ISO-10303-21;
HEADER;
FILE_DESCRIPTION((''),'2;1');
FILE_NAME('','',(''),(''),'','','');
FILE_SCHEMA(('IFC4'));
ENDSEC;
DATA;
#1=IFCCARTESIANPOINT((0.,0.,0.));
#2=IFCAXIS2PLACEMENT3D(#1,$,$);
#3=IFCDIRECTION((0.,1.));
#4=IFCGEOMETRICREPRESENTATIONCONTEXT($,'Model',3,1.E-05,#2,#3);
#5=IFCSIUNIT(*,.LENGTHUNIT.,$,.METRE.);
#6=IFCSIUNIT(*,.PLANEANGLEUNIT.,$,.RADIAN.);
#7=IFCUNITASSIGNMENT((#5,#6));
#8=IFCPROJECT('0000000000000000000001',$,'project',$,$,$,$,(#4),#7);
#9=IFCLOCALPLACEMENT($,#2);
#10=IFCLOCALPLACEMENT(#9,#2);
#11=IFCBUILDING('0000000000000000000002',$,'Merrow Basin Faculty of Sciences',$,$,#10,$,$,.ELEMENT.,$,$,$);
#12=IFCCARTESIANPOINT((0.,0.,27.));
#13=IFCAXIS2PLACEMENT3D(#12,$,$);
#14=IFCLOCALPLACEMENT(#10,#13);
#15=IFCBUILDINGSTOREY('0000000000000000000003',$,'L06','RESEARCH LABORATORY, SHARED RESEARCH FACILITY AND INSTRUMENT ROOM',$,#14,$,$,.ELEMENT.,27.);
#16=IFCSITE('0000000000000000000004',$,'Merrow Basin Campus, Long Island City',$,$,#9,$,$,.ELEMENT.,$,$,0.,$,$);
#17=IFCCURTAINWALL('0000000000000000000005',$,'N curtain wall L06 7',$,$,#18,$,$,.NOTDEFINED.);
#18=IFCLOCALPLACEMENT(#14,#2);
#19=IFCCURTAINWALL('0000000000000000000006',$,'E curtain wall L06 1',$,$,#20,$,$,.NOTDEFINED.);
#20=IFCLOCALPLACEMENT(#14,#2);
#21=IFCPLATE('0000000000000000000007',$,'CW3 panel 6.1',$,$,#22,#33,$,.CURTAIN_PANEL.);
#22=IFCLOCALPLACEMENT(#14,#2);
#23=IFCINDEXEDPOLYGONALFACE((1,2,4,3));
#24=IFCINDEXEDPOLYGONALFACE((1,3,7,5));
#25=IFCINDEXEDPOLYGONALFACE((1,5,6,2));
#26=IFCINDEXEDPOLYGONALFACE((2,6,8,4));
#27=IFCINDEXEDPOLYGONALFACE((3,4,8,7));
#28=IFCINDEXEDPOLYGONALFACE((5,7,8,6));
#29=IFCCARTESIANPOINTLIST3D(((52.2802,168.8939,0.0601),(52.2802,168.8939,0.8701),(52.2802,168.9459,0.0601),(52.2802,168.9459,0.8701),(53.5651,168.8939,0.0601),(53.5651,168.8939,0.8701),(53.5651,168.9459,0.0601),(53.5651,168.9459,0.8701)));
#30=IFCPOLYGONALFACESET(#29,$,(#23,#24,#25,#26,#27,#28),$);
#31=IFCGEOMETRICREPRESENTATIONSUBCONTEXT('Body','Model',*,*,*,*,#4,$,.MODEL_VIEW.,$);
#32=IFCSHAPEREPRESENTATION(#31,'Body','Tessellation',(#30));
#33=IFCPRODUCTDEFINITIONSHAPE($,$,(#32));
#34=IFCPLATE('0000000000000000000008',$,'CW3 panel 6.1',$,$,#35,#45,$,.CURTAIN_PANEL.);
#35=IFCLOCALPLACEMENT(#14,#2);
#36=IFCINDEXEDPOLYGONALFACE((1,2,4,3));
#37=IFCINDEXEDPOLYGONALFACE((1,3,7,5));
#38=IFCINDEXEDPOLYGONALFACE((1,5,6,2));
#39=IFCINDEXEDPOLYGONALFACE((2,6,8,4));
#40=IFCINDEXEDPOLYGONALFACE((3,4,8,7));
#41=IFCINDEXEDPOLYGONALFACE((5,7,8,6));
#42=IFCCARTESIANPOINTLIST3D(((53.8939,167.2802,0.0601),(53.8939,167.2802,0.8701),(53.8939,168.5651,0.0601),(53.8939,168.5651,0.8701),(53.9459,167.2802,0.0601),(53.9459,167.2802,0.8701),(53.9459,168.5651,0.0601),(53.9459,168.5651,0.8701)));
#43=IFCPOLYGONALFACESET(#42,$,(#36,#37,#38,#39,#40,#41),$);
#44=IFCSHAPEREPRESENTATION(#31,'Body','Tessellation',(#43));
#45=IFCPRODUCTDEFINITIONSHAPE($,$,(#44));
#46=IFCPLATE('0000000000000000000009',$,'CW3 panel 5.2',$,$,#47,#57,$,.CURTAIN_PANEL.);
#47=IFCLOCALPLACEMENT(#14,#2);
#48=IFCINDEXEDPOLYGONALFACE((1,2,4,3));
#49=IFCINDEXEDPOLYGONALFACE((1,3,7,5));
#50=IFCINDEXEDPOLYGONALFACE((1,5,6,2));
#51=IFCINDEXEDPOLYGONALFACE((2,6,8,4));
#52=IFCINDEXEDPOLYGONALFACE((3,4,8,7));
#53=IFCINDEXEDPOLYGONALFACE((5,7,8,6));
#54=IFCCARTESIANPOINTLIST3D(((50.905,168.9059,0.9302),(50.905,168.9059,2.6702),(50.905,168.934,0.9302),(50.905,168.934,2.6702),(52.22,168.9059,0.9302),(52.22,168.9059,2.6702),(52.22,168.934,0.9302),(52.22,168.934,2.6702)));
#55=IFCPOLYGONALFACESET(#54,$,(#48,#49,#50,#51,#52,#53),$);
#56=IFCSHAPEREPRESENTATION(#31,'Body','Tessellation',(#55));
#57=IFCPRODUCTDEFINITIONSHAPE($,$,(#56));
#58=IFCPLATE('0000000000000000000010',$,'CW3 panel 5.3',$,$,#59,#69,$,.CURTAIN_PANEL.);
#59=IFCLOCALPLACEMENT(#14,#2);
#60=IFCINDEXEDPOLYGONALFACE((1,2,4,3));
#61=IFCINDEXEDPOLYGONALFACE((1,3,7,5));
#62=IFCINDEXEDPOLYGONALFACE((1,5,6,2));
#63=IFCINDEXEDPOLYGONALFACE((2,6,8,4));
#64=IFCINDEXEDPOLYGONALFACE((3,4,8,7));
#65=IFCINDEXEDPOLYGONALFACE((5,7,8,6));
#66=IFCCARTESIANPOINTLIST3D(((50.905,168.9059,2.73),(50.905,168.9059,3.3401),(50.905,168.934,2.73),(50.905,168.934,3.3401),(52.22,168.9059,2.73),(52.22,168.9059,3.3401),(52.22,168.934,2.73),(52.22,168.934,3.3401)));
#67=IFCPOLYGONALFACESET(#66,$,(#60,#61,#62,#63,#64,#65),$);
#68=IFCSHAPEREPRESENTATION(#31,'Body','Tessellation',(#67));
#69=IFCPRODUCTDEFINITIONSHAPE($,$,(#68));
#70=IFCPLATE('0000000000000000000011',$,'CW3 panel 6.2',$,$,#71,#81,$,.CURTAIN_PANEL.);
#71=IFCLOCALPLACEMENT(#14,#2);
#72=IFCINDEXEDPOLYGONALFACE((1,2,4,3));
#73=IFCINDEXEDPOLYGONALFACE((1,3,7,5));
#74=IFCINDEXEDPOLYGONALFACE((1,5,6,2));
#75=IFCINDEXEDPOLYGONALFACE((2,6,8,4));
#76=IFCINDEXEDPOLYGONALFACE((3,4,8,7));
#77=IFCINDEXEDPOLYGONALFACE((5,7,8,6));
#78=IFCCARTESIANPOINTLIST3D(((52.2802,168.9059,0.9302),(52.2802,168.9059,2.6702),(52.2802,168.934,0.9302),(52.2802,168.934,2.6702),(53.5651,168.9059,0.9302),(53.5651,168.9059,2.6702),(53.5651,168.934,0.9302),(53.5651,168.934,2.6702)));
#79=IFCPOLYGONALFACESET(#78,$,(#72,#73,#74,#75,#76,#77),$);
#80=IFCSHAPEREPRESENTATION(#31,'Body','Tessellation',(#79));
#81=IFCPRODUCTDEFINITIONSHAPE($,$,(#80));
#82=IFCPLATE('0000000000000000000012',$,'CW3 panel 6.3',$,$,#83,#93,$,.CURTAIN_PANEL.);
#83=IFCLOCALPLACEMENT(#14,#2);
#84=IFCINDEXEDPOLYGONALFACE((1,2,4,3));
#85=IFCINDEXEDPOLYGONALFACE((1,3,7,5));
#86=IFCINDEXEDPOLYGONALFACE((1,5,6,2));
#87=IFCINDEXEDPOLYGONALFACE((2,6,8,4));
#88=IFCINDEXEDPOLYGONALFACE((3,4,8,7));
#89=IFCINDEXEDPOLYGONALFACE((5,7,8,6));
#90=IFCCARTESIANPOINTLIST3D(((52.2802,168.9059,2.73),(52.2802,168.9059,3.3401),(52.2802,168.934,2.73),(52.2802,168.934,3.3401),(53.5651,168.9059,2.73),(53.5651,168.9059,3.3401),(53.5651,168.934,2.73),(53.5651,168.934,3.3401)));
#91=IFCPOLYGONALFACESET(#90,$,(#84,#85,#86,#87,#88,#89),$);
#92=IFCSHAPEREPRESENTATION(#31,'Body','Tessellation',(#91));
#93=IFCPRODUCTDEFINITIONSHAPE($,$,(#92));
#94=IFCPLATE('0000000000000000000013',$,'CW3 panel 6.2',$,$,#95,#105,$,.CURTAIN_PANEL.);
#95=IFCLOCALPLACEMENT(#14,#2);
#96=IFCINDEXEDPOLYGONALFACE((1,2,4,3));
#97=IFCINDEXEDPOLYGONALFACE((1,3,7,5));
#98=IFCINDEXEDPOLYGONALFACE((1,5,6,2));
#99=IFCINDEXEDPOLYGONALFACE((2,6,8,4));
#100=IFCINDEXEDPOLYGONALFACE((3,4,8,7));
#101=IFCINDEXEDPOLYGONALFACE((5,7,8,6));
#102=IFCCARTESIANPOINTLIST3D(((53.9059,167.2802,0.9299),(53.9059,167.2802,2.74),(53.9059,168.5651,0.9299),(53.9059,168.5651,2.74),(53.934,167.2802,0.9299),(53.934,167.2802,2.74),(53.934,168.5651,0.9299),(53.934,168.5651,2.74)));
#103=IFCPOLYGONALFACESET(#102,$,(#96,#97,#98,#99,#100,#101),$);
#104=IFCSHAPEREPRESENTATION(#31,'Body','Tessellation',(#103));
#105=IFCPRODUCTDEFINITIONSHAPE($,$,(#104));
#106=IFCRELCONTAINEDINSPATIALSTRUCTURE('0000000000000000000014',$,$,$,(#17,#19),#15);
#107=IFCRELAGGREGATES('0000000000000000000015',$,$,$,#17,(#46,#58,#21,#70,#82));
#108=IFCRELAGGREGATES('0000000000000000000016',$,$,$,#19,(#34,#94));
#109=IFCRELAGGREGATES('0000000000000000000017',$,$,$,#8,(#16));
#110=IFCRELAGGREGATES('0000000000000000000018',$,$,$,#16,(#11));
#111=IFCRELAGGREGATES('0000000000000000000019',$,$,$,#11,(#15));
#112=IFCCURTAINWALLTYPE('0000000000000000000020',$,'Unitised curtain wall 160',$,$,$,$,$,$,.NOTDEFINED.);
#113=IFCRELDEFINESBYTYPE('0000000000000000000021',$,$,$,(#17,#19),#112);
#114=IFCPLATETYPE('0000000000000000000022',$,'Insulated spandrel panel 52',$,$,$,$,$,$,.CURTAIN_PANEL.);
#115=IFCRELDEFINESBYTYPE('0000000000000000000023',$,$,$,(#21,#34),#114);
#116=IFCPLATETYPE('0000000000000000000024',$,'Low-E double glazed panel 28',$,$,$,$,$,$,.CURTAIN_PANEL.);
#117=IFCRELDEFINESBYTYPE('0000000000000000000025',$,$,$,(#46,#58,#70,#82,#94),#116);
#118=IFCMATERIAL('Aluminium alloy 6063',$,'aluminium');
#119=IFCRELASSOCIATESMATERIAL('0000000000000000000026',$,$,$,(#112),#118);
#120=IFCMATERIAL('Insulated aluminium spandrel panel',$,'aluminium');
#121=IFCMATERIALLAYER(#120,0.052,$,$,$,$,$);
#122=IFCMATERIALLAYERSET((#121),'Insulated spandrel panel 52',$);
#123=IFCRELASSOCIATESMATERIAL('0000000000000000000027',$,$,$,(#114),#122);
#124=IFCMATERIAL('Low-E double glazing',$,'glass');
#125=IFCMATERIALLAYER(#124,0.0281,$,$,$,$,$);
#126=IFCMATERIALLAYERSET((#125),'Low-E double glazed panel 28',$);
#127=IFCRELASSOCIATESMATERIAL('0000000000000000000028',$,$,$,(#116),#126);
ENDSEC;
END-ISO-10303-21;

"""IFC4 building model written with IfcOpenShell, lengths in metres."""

from ifc_helpers import new_model, si_unit, direction, frame, origin, origin_2d, place, context, subcontext, project, spatial, rectangle, extrude, material, layer, layer_set, type_object, element, aggregate, save


model = new_model("IFC4")

# Units and contexts
model_context = context("Model", 3, precision=1e-05, world=origin(), true_north=direction((0.0, 1.0)))
body_context = subcontext(model_context, "Body", "Model", "MODEL_VIEW")
ifc_project = project(units=[si_unit("LENGTHUNIT", "METRE"), si_unit("PLANEANGLEUNIT", "RADIAN")], contexts=[model_context])

# Site, building, storey
site_placement = place(None, origin())
site = spatial("IfcSite", under=ifc_project, at=site_placement, Name="Merrow Basin Campus, Long Island City", CompositionType="ELEMENT", RefElevation=0.0)
building_placement = place(site_placement, origin())
building = spatial("IfcBuilding", under=site, at=building_placement, Name="Merrow Basin Faculty of Sciences", CompositionType="ELEMENT")
storey_placement = place(building_placement, frame((0.0, 0.0, 27.0)))
storey = spatial("IfcBuildingStorey", under=building, at=storey_placement, Name="L06", Description="RESEARCH LABORATORY, SHARED RESEARCH FACILITY AND INSTRUMENT ROOM", CompositionType="ELEMENT", Elevation=27.0)

# Curtain wall
ifc_material_1 = material(Name="Aluminium alloy 6063", Category="aluminium")
curtain_wall_type = type_object("IfcCurtainWallType", Name="Unitised curtain wall 160", PredefinedType="NOTDEFINED", material=ifc_material_1)
curtain_wall_1_placement = place(storey_placement, origin())
curtain_wall_1 = element("IfcCurtainWall", 1, at=curtain_wall_1_placement, inside=storey, type_object=curtain_wall_type, Name="N curtain wall L06 7", PredefinedType="NOTDEFINED")

# Curtain wall
curtain_wall_2_placement = place(storey_placement, origin())
curtain_wall_2 = element("IfcCurtainWall", 2, at=curtain_wall_2_placement, inside=storey, type_object=curtain_wall_type, Name="E curtain wall L06 1", PredefinedType="NOTDEFINED")

# Plates
ifc_material_2 = material(Name="Insulated aluminium spandrel panel", Category="aluminium")
ifc_layer_1 = layer(ifc_material_2, 0.052)
ifc_layer_set_1 = layer_set([ifc_layer_1], Name="Insulated spandrel panel 52")
plate_type_1 = type_object("IfcPlateType", Name="Insulated spandrel panel 52", PredefinedType="CURTAIN_PANEL", material=ifc_layer_set_1)
plate_1_placement = place(storey_placement, frame((52.9226, 168.9199, 0.0601), z_axis=(0.0, 0.0, 1.0), x_axis=(1.0, 0.0, 0.0)))
plate_1 = element("IfcPlate", 3, at=plate_1_placement, type_object=plate_type_1, Name="CW3 panel 6.1", PredefinedType="CURTAIN_PANEL", context=body_context, shape_type="SweptSolid", body=[
    extrude(rectangle(XDim=1.2849, YDim=0.052, at=origin_2d()), origin(), (0.0, 0.0, 1.0), 0.8101),
])
plate_2_placement = place(storey_placement, frame((53.9199, 167.9226, 0.0601), z_axis=(0.0, 0.0, 1.0), x_axis=(0.0, 1.0, 0.0)))
plate_2 = element("IfcPlate", 4, at=plate_2_placement, type_object=plate_type_1, Name="CW3 panel 6.1", PredefinedType="CURTAIN_PANEL", context=body_context, shape_type="SweptSolid", body=[
    extrude(rectangle(XDim=1.2849, YDim=0.052, at=origin_2d()), origin(), (0.0, 0.0, 1.0), 0.8101),
])
ifc_material_3 = material(Name="Low-E double glazing", Category="glass")
ifc_layer_2 = layer(ifc_material_3, 0.0281)
ifc_layer_set_2 = layer_set([ifc_layer_2], Name="Low-E double glazed panel 28")
plate_type_2 = type_object("IfcPlateType", Name="Low-E double glazed panel 28", PredefinedType="CURTAIN_PANEL", material=ifc_layer_set_2)
plate_3_placement = place(storey_placement, frame((51.5625, 168.9199, 0.9302), z_axis=(0.0, 0.0, 1.0), x_axis=(1.0, 0.0, 0.0)))
plate_3 = element("IfcPlate", 5, at=plate_3_placement, type_object=plate_type_2, Name="CW3 panel 5.2", PredefinedType="CURTAIN_PANEL", context=body_context, shape_type="SweptSolid", body=[
    extrude(rectangle(XDim=1.3149, YDim=0.0281, at=origin_2d()), origin(), (0.0, 0.0, 1.0), 1.74),
])
plate_4_placement = place(storey_placement, frame((51.5625, 168.9199, 2.73), z_axis=(0.0, 0.0, 1.0), x_axis=(1.0, 0.0, 0.0)))
plate_4 = element("IfcPlate", 6, at=plate_4_placement, type_object=plate_type_2, Name="CW3 panel 5.3", PredefinedType="CURTAIN_PANEL", context=body_context, shape_type="SweptSolid", body=[
    extrude(rectangle(XDim=1.3149, YDim=0.0281, at=origin_2d()), origin(), (0.0, 0.0, 1.0), 0.6101),
])
plate_5_placement = place(storey_placement, frame((52.9226, 168.9199, 0.9302), z_axis=(0.0, 0.0, 1.0), x_axis=(1.0, 0.0, 0.0)))
plate_5 = element("IfcPlate", 7, at=plate_5_placement, type_object=plate_type_2, Name="CW3 panel 6.2", PredefinedType="CURTAIN_PANEL", context=body_context, shape_type="SweptSolid", body=[
    extrude(rectangle(XDim=1.2849, YDim=0.0281, at=origin_2d()), origin(), (0.0, 0.0, 1.0), 1.74),
])
plate_6_placement = place(storey_placement, frame((52.9226, 168.9199, 2.73), z_axis=(0.0, 0.0, 1.0), x_axis=(1.0, 0.0, 0.0)))
plate_6 = element("IfcPlate", 8, at=plate_6_placement, type_object=plate_type_2, Name="CW3 panel 6.3", PredefinedType="CURTAIN_PANEL", context=body_context, shape_type="SweptSolid", body=[
    extrude(rectangle(XDim=1.2849, YDim=0.0281, at=origin_2d()), origin(), (0.0, 0.0, 1.0), 0.6101),
])
aggregate(curtain_wall_1, [plate_3, plate_4, plate_1, plate_5, plate_6])
plate_7_placement = place(storey_placement, frame((53.9199, 167.9226, 0.9299), z_axis=(0.0, 0.0, 1.0), x_axis=(0.0, 1.0, 0.0)))
plate_7 = element("IfcPlate", 9, at=plate_7_placement, type_object=plate_type_2, Name="CW3 panel 6.2", PredefinedType="CURTAIN_PANEL", context=body_context, shape_type="SweptSolid", body=[
    extrude(rectangle(XDim=1.2849, YDim=0.0281, at=origin_2d()), origin(), (0.0, 0.0, 1.0), 1.8101),
])
aggregate(curtain_wall_2, [plate_2, plate_7])

save(model, "model.ifc")
